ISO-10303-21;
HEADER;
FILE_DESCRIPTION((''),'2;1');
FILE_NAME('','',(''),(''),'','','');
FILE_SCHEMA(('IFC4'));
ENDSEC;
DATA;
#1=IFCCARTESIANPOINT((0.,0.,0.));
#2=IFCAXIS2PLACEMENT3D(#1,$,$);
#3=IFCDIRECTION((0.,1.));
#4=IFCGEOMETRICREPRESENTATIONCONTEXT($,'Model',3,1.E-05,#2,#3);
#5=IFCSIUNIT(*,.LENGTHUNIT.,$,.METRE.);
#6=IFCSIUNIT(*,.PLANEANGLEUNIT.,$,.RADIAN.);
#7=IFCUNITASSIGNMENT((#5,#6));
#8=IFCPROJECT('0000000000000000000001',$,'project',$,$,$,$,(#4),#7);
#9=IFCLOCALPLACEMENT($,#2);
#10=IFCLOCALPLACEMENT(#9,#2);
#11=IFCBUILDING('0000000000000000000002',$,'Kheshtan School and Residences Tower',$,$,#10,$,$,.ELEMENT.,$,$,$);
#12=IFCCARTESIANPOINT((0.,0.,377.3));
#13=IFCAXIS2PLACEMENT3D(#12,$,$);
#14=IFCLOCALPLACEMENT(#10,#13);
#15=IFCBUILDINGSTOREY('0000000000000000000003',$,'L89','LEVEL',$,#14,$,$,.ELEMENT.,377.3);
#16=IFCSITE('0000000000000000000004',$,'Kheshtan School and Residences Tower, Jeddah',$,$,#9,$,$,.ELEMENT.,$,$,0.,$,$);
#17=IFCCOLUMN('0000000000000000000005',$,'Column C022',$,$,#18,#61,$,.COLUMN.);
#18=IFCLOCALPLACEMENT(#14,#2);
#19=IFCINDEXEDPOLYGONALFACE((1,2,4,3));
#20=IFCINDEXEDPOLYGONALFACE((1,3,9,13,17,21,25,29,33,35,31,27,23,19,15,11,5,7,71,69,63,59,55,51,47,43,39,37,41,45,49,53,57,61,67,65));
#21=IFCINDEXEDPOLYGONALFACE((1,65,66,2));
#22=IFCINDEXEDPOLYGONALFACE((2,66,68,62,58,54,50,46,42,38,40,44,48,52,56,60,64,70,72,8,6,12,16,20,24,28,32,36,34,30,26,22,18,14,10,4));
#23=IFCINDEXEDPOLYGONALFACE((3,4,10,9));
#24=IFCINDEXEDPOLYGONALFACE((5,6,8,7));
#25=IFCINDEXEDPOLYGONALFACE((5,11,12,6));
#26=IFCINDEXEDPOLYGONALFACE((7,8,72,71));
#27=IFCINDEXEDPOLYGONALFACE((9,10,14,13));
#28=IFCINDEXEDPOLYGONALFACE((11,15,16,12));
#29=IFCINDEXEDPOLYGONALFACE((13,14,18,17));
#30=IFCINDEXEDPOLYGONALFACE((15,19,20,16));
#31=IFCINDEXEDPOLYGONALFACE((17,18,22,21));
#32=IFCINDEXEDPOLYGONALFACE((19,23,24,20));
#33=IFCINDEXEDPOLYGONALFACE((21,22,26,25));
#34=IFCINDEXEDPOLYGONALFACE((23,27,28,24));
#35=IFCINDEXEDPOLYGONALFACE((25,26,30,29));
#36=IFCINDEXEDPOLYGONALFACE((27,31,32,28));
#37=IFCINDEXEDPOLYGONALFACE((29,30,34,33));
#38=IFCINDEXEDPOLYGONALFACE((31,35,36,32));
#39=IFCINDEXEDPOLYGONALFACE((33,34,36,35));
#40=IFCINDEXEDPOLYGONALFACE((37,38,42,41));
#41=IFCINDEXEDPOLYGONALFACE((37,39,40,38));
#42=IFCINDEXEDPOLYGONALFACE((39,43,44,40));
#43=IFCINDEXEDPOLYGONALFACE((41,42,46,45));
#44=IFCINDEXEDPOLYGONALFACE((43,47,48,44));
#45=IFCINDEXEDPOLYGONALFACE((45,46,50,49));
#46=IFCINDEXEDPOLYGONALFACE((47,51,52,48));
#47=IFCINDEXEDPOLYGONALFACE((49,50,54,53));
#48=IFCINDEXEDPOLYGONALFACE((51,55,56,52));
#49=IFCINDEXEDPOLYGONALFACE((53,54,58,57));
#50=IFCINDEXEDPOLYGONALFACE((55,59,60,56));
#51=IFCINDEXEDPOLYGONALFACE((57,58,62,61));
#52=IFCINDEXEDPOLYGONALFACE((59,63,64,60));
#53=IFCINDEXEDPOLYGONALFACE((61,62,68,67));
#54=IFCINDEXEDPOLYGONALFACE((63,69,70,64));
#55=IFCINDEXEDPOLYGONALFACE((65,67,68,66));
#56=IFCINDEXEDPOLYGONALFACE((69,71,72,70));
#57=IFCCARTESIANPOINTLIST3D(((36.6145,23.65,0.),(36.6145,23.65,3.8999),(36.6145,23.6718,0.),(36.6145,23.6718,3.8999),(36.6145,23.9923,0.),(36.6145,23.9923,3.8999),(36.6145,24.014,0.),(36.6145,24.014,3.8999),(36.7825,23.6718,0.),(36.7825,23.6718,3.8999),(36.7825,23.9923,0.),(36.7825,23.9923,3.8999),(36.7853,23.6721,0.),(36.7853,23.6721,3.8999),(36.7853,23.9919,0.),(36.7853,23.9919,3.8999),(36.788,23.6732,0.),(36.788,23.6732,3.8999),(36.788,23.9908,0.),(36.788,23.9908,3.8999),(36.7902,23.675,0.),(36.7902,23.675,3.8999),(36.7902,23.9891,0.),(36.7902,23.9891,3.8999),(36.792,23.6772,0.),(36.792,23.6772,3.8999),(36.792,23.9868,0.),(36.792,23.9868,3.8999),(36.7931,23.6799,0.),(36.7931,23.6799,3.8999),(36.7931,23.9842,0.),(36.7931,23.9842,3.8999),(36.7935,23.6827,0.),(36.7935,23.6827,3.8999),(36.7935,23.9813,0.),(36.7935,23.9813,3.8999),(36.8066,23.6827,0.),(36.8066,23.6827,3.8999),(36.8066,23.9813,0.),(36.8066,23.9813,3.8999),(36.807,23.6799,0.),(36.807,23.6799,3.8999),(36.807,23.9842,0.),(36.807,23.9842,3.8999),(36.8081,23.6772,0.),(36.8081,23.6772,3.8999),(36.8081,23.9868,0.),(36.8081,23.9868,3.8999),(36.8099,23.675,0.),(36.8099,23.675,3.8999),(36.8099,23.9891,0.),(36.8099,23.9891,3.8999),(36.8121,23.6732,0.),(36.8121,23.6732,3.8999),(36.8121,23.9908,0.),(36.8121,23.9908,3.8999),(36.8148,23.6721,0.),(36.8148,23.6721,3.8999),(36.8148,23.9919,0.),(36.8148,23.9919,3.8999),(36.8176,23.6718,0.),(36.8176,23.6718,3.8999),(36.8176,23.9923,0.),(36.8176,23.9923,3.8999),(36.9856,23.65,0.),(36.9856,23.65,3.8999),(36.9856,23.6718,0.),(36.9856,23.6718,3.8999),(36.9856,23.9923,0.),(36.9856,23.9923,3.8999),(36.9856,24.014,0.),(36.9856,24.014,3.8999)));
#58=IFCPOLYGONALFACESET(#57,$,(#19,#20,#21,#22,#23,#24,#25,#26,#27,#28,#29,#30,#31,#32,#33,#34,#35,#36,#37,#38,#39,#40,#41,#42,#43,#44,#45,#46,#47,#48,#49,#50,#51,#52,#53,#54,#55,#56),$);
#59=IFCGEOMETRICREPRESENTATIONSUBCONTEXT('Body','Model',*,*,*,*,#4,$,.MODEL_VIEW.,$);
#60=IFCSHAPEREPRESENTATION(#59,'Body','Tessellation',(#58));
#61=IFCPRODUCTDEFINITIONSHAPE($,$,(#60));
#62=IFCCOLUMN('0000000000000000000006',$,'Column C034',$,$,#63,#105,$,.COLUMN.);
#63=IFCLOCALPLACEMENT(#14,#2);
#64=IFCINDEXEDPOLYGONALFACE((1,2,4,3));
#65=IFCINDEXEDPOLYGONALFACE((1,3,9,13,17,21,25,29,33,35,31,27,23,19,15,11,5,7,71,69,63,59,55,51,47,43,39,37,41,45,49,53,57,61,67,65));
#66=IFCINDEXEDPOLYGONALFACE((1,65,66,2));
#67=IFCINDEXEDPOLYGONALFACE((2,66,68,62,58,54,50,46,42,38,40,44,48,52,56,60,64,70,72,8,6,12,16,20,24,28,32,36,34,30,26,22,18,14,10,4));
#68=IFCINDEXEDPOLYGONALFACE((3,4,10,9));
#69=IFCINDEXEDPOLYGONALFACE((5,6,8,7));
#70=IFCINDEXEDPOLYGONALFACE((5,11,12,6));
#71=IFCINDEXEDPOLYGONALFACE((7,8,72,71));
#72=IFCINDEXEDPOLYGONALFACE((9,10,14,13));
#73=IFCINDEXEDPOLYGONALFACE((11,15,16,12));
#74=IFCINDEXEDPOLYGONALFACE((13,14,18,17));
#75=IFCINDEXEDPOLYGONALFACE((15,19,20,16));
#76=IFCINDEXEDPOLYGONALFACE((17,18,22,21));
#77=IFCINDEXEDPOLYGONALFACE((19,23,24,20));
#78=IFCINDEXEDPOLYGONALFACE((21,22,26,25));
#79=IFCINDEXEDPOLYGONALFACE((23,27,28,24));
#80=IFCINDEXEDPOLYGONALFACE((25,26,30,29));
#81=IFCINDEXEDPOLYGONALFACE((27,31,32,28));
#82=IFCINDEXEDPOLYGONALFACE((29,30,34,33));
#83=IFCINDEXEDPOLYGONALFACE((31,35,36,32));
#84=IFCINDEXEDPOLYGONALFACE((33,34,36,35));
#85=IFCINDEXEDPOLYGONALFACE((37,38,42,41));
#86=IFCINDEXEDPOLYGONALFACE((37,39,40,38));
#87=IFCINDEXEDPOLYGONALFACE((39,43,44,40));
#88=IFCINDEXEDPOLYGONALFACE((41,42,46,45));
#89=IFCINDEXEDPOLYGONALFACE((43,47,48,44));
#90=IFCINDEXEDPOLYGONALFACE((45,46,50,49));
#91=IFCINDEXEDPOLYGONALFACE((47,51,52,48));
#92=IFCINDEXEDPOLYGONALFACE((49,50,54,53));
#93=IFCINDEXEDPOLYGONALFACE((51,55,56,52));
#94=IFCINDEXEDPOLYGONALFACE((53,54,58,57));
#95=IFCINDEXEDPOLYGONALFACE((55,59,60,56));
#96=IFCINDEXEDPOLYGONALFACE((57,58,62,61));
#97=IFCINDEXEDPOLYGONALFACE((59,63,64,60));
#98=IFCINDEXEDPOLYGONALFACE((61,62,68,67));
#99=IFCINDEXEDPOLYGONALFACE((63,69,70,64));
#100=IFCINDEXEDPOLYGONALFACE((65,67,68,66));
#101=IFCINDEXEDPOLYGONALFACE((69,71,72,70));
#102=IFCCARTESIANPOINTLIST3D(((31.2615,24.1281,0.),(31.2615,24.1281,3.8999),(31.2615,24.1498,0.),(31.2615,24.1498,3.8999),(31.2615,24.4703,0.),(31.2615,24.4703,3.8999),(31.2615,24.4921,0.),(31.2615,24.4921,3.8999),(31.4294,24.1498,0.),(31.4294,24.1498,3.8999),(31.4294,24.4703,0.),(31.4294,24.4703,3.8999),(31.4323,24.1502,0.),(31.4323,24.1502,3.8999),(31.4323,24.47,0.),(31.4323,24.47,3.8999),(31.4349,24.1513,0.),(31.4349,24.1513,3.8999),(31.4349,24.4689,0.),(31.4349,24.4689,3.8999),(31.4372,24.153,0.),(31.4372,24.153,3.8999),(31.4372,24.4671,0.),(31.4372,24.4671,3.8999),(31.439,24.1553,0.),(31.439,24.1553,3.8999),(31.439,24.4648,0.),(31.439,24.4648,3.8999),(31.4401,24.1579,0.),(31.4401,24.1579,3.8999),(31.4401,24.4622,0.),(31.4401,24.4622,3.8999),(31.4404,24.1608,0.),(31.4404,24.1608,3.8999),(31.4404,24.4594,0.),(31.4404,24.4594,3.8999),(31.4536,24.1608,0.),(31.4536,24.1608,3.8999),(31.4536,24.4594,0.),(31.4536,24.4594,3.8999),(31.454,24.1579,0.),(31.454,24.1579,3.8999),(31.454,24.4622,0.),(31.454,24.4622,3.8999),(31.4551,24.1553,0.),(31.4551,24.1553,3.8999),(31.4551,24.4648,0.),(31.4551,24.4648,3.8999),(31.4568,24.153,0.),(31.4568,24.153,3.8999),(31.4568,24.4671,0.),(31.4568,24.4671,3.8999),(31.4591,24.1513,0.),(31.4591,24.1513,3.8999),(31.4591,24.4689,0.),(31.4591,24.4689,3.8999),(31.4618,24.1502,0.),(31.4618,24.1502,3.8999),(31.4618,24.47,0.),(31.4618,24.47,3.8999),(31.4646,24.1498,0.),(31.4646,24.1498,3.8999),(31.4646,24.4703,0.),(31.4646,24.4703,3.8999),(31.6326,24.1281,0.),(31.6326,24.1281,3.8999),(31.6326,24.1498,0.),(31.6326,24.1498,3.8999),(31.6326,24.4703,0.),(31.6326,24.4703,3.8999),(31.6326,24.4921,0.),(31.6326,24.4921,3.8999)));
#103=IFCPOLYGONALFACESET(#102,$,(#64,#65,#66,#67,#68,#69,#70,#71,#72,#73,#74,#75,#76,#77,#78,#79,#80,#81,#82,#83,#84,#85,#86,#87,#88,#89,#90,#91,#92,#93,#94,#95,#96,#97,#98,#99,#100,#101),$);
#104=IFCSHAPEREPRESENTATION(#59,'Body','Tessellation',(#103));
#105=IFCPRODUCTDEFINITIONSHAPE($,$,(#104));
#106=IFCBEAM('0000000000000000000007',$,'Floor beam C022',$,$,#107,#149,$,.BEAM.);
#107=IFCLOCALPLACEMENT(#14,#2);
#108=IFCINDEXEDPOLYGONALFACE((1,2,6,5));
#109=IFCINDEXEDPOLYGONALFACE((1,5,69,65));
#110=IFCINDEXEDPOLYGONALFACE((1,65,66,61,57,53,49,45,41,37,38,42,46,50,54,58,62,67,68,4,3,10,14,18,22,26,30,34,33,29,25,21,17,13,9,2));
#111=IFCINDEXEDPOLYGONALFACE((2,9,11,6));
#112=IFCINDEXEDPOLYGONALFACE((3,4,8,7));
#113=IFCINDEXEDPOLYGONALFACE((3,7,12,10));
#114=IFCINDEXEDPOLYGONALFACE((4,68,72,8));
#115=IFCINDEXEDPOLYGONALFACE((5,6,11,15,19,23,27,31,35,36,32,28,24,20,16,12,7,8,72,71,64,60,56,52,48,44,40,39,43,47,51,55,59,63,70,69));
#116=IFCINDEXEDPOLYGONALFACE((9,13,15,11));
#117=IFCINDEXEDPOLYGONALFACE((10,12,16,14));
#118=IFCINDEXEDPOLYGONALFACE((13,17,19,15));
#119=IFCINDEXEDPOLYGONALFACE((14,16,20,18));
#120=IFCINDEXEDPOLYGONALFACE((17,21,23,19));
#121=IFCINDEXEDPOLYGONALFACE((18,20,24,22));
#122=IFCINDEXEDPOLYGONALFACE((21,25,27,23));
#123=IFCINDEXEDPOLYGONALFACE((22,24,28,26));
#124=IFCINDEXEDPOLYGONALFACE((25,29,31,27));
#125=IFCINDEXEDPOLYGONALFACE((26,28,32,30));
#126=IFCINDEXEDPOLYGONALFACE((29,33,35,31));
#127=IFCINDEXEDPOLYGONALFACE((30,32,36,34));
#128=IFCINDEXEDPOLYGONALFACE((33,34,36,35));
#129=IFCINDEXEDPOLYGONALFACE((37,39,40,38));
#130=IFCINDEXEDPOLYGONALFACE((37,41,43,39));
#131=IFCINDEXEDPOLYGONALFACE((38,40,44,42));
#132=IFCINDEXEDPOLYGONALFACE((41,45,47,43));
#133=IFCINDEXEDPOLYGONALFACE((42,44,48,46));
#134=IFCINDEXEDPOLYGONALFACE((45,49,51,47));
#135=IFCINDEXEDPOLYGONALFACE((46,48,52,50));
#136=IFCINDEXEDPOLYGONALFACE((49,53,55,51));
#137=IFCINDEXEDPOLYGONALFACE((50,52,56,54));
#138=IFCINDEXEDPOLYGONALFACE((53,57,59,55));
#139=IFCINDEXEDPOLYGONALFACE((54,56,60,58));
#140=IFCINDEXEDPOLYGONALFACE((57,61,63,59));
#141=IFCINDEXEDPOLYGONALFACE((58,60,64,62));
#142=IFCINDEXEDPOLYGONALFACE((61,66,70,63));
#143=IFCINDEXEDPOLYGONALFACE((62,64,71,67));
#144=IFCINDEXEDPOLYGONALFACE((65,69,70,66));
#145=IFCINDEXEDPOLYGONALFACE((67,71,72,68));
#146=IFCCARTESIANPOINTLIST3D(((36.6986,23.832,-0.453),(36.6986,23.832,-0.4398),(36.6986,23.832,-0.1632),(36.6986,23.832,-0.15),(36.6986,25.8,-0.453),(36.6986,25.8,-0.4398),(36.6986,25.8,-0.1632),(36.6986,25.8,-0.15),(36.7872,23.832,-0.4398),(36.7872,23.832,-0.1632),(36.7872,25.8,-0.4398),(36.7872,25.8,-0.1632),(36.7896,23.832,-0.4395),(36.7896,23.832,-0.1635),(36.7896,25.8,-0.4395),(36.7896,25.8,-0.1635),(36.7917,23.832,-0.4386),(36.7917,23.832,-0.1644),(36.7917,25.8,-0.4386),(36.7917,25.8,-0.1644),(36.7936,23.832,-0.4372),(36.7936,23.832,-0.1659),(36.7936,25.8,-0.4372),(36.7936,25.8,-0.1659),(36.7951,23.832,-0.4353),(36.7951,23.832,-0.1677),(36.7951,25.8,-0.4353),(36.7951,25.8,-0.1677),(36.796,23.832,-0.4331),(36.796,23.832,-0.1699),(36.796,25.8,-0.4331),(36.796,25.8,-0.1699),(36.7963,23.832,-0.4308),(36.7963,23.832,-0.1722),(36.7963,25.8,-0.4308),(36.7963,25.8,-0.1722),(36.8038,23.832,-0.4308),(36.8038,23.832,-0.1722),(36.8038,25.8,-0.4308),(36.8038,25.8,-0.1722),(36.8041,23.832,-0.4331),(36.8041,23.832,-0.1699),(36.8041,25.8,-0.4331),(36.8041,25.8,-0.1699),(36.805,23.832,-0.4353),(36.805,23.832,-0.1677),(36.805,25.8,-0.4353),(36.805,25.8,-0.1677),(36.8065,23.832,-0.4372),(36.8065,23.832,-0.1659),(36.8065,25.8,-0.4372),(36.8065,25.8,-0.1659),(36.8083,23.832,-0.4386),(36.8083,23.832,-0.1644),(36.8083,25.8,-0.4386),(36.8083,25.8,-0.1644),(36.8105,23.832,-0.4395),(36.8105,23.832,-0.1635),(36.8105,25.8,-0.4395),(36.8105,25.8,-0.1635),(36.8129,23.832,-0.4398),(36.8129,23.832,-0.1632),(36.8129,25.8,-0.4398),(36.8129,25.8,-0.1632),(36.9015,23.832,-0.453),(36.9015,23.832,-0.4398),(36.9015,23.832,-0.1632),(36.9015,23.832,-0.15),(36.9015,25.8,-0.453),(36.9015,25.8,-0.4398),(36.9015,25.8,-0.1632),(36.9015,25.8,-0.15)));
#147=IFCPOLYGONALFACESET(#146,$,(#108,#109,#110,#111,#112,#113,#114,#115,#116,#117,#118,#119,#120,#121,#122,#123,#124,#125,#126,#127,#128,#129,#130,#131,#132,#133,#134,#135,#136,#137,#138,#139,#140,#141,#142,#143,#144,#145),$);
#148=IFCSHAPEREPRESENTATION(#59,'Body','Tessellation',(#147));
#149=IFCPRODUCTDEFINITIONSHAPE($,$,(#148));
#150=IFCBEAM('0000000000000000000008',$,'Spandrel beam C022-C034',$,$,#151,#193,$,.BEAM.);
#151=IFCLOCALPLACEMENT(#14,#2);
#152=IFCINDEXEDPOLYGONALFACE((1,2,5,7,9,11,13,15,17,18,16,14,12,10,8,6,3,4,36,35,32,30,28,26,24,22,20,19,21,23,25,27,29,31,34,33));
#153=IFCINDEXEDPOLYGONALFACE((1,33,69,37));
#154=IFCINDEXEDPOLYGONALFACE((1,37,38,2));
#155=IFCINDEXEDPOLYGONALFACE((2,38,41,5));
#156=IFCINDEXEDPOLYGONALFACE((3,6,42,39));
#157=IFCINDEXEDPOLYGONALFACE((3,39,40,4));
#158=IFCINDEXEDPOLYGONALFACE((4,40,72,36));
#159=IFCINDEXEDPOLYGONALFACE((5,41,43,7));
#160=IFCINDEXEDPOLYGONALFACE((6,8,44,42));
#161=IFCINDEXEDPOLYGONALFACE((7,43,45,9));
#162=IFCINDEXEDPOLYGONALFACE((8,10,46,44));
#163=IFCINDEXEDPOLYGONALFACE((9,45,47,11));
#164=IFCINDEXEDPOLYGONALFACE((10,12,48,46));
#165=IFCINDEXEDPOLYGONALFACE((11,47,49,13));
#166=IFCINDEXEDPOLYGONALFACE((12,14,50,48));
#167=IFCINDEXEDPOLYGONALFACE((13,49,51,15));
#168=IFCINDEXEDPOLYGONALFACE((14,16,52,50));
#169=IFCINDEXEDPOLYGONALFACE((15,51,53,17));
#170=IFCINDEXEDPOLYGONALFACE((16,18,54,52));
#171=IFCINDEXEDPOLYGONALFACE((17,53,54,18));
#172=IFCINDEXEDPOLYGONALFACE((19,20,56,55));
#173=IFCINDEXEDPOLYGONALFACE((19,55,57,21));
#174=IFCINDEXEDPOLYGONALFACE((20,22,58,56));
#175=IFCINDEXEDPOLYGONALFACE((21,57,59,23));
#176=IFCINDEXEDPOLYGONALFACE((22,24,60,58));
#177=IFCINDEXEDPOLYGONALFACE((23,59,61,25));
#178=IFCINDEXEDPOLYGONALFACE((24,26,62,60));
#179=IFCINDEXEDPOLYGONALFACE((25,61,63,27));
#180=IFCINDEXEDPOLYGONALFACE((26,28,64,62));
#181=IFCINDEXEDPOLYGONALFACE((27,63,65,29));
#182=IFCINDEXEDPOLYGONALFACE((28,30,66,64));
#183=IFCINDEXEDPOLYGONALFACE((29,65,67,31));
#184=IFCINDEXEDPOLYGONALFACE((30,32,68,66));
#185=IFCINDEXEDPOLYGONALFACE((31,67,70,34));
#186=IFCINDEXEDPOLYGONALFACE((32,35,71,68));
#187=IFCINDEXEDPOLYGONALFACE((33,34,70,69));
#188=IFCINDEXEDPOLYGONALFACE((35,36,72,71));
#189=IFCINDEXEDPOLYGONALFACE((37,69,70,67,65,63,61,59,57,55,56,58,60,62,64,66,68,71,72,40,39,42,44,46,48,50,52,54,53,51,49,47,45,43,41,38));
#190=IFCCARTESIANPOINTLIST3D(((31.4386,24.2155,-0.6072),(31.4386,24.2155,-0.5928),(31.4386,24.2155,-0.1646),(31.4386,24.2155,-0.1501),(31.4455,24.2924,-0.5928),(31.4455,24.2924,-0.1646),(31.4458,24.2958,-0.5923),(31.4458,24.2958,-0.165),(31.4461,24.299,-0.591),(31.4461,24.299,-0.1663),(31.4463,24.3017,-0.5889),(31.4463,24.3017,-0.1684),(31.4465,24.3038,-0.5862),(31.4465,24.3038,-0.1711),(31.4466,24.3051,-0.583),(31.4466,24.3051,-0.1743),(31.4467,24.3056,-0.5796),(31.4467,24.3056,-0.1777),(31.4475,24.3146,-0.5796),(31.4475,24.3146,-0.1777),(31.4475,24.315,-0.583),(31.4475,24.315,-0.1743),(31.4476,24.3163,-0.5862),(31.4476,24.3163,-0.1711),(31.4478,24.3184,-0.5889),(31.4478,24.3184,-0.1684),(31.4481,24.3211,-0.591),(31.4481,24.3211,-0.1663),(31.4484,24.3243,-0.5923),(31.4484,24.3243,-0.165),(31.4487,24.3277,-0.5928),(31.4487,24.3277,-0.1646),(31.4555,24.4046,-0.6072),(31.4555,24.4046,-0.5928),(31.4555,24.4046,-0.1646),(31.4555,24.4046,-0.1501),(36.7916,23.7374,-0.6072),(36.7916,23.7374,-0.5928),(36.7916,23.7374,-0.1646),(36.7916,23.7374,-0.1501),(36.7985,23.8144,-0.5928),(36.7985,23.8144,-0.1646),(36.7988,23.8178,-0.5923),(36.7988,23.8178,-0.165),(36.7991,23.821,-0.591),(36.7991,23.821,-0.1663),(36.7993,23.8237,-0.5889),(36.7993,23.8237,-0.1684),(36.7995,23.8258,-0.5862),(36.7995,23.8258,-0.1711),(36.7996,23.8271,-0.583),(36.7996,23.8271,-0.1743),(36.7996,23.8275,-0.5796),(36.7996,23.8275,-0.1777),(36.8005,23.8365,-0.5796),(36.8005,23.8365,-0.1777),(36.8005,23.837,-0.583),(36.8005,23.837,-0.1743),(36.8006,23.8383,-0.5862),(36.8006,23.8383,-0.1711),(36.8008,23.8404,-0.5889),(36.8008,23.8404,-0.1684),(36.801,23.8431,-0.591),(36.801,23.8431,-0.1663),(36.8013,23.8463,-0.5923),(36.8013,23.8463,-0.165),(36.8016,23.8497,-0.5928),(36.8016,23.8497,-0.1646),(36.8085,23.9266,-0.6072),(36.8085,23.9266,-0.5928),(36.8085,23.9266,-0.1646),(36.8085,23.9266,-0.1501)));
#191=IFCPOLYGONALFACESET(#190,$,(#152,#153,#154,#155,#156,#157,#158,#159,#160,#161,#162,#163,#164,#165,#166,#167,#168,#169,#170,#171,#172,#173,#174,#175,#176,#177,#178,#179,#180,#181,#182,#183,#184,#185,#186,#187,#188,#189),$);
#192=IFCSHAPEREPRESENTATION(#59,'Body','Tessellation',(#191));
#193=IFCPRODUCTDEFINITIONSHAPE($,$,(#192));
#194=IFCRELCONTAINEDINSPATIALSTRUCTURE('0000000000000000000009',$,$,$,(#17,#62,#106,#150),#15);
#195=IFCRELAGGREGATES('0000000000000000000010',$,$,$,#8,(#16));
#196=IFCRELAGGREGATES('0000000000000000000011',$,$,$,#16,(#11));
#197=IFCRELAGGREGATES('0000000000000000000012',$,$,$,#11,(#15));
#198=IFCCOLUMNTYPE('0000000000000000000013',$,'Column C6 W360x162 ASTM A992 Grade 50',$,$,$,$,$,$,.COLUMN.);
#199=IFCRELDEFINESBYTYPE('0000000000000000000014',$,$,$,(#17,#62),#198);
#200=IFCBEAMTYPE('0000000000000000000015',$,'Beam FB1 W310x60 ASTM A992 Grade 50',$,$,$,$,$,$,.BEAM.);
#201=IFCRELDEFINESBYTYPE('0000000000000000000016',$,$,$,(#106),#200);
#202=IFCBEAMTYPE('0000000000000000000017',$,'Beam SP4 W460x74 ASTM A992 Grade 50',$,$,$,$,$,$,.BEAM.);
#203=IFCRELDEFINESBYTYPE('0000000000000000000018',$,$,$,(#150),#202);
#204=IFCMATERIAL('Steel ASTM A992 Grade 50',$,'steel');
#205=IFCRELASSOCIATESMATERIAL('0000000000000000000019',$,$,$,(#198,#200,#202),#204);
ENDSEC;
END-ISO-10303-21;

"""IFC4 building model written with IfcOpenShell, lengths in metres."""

from ifc_helpers import new_model, si_unit, direction, frame, origin, origin_2d, place, context, subcontext, project, spatial, i_section, extrude, material, material_profile, profile_set, type_object, element, save


model = new_model("IFC4")

# Units and contexts
model_context = context("Model", 3, precision=1e-05, world=origin(), true_north=direction((0.0, 1.0)))
body_context = subcontext(model_context, "Body", "Model", "MODEL_VIEW")
ifc_project = project(units=[si_unit("LENGTHUNIT", "METRE"), si_unit("PLANEANGLEUNIT", "RADIAN")], contexts=[model_context])

# Site, building, storey
site_placement = place(None, origin())
site = spatial("IfcSite", under=ifc_project, at=site_placement, Name="Kheshtan School and Residences Tower, Jeddah", CompositionType="ELEMENT", RefElevation=0.0)
building_placement = place(site_placement, origin())
building = spatial("IfcBuilding", under=site, at=building_placement, Name="Kheshtan School and Residences Tower", CompositionType="ELEMENT")
storey_placement = place(building_placement, frame((0.0, 0.0, 377.3)))
storey = spatial("IfcBuildingStorey", under=building, at=storey_placement, Name="L89", Description="LEVEL", CompositionType="ELEMENT", Elevation=377.3)

# Columns
ifc_material_1 = material(Name="Steel ASTM A992 Grade 50", Category="steel")
ifc_material_profile_1 = material_profile(ifc_material_1, i_section(OverallWidth=0.3711, OverallDepth=0.364, WebThickness=0.0132, FlangeThickness=0.0217, FilletRadius=0.011, at=origin_2d()), Name="W360x162")
ifc_profile_set_1 = profile_set([ifc_material_profile_1], Name="Steel ASTM A992 Grade 50")
column_type = type_object("IfcColumnType", Name="Column C6 W360x162 ASTM A992 Grade 50", PredefinedType="COLUMN", material=ifc_profile_set_1)
for number, where, z_axis, x_axis, name in (
    (1, (36.8, 23.832, 0.0), (0.0, 0.0, 1.0), (1.0, 0.0, 0.0), "Column C022"),
    (2, (31.447, 24.3101, 0.0), (0.0, 0.0, 1.0), (1.0, 0.0, 0.0), "Column C034"),
):
    element("IfcColumn", number, at=place(storey_placement, frame(where, z_axis=z_axis, x_axis=x_axis)), inside=storey, type_object=column_type, Name=name, PredefinedType="COLUMN", context=body_context, shape_type="SweptSolid", body=[
        extrude(i_section(OverallWidth=0.3711, OverallDepth=0.364, WebThickness=0.0132, FlangeThickness=0.0217, FilletRadius=0.011, at=origin_2d()), origin(), (0.0, 0.0, 1.0), 3.8999),
    ])

# Beams
ifc_material_profile_2 = material_profile(ifc_material_1, i_section(OverallWidth=0.2029, OverallDepth=0.303, WebThickness=0.0076, FlangeThickness=0.0132, FilletRadius=0.009, at=origin_2d()), Name="W310x60")
ifc_profile_set_2 = profile_set([ifc_material_profile_2], Name="Steel ASTM A992 Grade 50")
beam_type_1 = type_object("IfcBeamType", Name="Beam FB1 W310x60 ASTM A992 Grade 50", PredefinedType="BEAM", material=ifc_profile_set_2)
beam_1_placement = place(storey_placement, frame((36.8, 23.832, -0.3015), z_axis=(0.0, 1.0, 0.0), x_axis=(-1.0, 0.0, 0.0)))
element("IfcBeam", 3, at=beam_1_placement, inside=storey, type_object=beam_type_1, Name="Floor beam C022", PredefinedType="BEAM", context=body_context, shape_type="SweptSolid", body=[
    extrude(i_section(OverallWidth=0.2029, OverallDepth=0.303, WebThickness=0.0076, FlangeThickness=0.0132, FilletRadius=0.009, at=origin_2d()), origin(), (0.0, 0.0, 1.0), 1.968),
])
ifc_material_profile_3 = material_profile(ifc_material_1, i_section(OverallWidth=0.1899, OverallDepth=0.457, WebThickness=0.009, FlangeThickness=0.0144, FilletRadius=0.0132, at=origin_2d()), Name="W460x74")
ifc_profile_set_3 = profile_set([ifc_material_profile_3], Name="Steel ASTM A992 Grade 50")
beam_type_2 = type_object("IfcBeamType", Name="Beam SP4 W460x74 ASTM A992 Grade 50", PredefinedType="BEAM", material=ifc_profile_set_3)
beam_2_placement = place(storey_placement, frame((36.8, 23.832, -0.3787), z_axis=(-0.996036, 0.088946, 0.0), x_axis=(-0.088946, -0.996036, 0.0)))
element("IfcBeam", 4, at=beam_2_placement, inside=storey, type_object=beam_type_2, Name="Spandrel beam C022-C034", PredefinedType="BEAM", context=body_context, shape_type="SweptSolid", body=[
    extrude(i_section(OverallWidth=0.1899, OverallDepth=0.457, WebThickness=0.009, FlangeThickness=0.0144, FilletRadius=0.0132, at=origin_2d()), origin(), (0.0, 0.0, 1.0), 5.3743),
])

save(model, "model.ifc")
